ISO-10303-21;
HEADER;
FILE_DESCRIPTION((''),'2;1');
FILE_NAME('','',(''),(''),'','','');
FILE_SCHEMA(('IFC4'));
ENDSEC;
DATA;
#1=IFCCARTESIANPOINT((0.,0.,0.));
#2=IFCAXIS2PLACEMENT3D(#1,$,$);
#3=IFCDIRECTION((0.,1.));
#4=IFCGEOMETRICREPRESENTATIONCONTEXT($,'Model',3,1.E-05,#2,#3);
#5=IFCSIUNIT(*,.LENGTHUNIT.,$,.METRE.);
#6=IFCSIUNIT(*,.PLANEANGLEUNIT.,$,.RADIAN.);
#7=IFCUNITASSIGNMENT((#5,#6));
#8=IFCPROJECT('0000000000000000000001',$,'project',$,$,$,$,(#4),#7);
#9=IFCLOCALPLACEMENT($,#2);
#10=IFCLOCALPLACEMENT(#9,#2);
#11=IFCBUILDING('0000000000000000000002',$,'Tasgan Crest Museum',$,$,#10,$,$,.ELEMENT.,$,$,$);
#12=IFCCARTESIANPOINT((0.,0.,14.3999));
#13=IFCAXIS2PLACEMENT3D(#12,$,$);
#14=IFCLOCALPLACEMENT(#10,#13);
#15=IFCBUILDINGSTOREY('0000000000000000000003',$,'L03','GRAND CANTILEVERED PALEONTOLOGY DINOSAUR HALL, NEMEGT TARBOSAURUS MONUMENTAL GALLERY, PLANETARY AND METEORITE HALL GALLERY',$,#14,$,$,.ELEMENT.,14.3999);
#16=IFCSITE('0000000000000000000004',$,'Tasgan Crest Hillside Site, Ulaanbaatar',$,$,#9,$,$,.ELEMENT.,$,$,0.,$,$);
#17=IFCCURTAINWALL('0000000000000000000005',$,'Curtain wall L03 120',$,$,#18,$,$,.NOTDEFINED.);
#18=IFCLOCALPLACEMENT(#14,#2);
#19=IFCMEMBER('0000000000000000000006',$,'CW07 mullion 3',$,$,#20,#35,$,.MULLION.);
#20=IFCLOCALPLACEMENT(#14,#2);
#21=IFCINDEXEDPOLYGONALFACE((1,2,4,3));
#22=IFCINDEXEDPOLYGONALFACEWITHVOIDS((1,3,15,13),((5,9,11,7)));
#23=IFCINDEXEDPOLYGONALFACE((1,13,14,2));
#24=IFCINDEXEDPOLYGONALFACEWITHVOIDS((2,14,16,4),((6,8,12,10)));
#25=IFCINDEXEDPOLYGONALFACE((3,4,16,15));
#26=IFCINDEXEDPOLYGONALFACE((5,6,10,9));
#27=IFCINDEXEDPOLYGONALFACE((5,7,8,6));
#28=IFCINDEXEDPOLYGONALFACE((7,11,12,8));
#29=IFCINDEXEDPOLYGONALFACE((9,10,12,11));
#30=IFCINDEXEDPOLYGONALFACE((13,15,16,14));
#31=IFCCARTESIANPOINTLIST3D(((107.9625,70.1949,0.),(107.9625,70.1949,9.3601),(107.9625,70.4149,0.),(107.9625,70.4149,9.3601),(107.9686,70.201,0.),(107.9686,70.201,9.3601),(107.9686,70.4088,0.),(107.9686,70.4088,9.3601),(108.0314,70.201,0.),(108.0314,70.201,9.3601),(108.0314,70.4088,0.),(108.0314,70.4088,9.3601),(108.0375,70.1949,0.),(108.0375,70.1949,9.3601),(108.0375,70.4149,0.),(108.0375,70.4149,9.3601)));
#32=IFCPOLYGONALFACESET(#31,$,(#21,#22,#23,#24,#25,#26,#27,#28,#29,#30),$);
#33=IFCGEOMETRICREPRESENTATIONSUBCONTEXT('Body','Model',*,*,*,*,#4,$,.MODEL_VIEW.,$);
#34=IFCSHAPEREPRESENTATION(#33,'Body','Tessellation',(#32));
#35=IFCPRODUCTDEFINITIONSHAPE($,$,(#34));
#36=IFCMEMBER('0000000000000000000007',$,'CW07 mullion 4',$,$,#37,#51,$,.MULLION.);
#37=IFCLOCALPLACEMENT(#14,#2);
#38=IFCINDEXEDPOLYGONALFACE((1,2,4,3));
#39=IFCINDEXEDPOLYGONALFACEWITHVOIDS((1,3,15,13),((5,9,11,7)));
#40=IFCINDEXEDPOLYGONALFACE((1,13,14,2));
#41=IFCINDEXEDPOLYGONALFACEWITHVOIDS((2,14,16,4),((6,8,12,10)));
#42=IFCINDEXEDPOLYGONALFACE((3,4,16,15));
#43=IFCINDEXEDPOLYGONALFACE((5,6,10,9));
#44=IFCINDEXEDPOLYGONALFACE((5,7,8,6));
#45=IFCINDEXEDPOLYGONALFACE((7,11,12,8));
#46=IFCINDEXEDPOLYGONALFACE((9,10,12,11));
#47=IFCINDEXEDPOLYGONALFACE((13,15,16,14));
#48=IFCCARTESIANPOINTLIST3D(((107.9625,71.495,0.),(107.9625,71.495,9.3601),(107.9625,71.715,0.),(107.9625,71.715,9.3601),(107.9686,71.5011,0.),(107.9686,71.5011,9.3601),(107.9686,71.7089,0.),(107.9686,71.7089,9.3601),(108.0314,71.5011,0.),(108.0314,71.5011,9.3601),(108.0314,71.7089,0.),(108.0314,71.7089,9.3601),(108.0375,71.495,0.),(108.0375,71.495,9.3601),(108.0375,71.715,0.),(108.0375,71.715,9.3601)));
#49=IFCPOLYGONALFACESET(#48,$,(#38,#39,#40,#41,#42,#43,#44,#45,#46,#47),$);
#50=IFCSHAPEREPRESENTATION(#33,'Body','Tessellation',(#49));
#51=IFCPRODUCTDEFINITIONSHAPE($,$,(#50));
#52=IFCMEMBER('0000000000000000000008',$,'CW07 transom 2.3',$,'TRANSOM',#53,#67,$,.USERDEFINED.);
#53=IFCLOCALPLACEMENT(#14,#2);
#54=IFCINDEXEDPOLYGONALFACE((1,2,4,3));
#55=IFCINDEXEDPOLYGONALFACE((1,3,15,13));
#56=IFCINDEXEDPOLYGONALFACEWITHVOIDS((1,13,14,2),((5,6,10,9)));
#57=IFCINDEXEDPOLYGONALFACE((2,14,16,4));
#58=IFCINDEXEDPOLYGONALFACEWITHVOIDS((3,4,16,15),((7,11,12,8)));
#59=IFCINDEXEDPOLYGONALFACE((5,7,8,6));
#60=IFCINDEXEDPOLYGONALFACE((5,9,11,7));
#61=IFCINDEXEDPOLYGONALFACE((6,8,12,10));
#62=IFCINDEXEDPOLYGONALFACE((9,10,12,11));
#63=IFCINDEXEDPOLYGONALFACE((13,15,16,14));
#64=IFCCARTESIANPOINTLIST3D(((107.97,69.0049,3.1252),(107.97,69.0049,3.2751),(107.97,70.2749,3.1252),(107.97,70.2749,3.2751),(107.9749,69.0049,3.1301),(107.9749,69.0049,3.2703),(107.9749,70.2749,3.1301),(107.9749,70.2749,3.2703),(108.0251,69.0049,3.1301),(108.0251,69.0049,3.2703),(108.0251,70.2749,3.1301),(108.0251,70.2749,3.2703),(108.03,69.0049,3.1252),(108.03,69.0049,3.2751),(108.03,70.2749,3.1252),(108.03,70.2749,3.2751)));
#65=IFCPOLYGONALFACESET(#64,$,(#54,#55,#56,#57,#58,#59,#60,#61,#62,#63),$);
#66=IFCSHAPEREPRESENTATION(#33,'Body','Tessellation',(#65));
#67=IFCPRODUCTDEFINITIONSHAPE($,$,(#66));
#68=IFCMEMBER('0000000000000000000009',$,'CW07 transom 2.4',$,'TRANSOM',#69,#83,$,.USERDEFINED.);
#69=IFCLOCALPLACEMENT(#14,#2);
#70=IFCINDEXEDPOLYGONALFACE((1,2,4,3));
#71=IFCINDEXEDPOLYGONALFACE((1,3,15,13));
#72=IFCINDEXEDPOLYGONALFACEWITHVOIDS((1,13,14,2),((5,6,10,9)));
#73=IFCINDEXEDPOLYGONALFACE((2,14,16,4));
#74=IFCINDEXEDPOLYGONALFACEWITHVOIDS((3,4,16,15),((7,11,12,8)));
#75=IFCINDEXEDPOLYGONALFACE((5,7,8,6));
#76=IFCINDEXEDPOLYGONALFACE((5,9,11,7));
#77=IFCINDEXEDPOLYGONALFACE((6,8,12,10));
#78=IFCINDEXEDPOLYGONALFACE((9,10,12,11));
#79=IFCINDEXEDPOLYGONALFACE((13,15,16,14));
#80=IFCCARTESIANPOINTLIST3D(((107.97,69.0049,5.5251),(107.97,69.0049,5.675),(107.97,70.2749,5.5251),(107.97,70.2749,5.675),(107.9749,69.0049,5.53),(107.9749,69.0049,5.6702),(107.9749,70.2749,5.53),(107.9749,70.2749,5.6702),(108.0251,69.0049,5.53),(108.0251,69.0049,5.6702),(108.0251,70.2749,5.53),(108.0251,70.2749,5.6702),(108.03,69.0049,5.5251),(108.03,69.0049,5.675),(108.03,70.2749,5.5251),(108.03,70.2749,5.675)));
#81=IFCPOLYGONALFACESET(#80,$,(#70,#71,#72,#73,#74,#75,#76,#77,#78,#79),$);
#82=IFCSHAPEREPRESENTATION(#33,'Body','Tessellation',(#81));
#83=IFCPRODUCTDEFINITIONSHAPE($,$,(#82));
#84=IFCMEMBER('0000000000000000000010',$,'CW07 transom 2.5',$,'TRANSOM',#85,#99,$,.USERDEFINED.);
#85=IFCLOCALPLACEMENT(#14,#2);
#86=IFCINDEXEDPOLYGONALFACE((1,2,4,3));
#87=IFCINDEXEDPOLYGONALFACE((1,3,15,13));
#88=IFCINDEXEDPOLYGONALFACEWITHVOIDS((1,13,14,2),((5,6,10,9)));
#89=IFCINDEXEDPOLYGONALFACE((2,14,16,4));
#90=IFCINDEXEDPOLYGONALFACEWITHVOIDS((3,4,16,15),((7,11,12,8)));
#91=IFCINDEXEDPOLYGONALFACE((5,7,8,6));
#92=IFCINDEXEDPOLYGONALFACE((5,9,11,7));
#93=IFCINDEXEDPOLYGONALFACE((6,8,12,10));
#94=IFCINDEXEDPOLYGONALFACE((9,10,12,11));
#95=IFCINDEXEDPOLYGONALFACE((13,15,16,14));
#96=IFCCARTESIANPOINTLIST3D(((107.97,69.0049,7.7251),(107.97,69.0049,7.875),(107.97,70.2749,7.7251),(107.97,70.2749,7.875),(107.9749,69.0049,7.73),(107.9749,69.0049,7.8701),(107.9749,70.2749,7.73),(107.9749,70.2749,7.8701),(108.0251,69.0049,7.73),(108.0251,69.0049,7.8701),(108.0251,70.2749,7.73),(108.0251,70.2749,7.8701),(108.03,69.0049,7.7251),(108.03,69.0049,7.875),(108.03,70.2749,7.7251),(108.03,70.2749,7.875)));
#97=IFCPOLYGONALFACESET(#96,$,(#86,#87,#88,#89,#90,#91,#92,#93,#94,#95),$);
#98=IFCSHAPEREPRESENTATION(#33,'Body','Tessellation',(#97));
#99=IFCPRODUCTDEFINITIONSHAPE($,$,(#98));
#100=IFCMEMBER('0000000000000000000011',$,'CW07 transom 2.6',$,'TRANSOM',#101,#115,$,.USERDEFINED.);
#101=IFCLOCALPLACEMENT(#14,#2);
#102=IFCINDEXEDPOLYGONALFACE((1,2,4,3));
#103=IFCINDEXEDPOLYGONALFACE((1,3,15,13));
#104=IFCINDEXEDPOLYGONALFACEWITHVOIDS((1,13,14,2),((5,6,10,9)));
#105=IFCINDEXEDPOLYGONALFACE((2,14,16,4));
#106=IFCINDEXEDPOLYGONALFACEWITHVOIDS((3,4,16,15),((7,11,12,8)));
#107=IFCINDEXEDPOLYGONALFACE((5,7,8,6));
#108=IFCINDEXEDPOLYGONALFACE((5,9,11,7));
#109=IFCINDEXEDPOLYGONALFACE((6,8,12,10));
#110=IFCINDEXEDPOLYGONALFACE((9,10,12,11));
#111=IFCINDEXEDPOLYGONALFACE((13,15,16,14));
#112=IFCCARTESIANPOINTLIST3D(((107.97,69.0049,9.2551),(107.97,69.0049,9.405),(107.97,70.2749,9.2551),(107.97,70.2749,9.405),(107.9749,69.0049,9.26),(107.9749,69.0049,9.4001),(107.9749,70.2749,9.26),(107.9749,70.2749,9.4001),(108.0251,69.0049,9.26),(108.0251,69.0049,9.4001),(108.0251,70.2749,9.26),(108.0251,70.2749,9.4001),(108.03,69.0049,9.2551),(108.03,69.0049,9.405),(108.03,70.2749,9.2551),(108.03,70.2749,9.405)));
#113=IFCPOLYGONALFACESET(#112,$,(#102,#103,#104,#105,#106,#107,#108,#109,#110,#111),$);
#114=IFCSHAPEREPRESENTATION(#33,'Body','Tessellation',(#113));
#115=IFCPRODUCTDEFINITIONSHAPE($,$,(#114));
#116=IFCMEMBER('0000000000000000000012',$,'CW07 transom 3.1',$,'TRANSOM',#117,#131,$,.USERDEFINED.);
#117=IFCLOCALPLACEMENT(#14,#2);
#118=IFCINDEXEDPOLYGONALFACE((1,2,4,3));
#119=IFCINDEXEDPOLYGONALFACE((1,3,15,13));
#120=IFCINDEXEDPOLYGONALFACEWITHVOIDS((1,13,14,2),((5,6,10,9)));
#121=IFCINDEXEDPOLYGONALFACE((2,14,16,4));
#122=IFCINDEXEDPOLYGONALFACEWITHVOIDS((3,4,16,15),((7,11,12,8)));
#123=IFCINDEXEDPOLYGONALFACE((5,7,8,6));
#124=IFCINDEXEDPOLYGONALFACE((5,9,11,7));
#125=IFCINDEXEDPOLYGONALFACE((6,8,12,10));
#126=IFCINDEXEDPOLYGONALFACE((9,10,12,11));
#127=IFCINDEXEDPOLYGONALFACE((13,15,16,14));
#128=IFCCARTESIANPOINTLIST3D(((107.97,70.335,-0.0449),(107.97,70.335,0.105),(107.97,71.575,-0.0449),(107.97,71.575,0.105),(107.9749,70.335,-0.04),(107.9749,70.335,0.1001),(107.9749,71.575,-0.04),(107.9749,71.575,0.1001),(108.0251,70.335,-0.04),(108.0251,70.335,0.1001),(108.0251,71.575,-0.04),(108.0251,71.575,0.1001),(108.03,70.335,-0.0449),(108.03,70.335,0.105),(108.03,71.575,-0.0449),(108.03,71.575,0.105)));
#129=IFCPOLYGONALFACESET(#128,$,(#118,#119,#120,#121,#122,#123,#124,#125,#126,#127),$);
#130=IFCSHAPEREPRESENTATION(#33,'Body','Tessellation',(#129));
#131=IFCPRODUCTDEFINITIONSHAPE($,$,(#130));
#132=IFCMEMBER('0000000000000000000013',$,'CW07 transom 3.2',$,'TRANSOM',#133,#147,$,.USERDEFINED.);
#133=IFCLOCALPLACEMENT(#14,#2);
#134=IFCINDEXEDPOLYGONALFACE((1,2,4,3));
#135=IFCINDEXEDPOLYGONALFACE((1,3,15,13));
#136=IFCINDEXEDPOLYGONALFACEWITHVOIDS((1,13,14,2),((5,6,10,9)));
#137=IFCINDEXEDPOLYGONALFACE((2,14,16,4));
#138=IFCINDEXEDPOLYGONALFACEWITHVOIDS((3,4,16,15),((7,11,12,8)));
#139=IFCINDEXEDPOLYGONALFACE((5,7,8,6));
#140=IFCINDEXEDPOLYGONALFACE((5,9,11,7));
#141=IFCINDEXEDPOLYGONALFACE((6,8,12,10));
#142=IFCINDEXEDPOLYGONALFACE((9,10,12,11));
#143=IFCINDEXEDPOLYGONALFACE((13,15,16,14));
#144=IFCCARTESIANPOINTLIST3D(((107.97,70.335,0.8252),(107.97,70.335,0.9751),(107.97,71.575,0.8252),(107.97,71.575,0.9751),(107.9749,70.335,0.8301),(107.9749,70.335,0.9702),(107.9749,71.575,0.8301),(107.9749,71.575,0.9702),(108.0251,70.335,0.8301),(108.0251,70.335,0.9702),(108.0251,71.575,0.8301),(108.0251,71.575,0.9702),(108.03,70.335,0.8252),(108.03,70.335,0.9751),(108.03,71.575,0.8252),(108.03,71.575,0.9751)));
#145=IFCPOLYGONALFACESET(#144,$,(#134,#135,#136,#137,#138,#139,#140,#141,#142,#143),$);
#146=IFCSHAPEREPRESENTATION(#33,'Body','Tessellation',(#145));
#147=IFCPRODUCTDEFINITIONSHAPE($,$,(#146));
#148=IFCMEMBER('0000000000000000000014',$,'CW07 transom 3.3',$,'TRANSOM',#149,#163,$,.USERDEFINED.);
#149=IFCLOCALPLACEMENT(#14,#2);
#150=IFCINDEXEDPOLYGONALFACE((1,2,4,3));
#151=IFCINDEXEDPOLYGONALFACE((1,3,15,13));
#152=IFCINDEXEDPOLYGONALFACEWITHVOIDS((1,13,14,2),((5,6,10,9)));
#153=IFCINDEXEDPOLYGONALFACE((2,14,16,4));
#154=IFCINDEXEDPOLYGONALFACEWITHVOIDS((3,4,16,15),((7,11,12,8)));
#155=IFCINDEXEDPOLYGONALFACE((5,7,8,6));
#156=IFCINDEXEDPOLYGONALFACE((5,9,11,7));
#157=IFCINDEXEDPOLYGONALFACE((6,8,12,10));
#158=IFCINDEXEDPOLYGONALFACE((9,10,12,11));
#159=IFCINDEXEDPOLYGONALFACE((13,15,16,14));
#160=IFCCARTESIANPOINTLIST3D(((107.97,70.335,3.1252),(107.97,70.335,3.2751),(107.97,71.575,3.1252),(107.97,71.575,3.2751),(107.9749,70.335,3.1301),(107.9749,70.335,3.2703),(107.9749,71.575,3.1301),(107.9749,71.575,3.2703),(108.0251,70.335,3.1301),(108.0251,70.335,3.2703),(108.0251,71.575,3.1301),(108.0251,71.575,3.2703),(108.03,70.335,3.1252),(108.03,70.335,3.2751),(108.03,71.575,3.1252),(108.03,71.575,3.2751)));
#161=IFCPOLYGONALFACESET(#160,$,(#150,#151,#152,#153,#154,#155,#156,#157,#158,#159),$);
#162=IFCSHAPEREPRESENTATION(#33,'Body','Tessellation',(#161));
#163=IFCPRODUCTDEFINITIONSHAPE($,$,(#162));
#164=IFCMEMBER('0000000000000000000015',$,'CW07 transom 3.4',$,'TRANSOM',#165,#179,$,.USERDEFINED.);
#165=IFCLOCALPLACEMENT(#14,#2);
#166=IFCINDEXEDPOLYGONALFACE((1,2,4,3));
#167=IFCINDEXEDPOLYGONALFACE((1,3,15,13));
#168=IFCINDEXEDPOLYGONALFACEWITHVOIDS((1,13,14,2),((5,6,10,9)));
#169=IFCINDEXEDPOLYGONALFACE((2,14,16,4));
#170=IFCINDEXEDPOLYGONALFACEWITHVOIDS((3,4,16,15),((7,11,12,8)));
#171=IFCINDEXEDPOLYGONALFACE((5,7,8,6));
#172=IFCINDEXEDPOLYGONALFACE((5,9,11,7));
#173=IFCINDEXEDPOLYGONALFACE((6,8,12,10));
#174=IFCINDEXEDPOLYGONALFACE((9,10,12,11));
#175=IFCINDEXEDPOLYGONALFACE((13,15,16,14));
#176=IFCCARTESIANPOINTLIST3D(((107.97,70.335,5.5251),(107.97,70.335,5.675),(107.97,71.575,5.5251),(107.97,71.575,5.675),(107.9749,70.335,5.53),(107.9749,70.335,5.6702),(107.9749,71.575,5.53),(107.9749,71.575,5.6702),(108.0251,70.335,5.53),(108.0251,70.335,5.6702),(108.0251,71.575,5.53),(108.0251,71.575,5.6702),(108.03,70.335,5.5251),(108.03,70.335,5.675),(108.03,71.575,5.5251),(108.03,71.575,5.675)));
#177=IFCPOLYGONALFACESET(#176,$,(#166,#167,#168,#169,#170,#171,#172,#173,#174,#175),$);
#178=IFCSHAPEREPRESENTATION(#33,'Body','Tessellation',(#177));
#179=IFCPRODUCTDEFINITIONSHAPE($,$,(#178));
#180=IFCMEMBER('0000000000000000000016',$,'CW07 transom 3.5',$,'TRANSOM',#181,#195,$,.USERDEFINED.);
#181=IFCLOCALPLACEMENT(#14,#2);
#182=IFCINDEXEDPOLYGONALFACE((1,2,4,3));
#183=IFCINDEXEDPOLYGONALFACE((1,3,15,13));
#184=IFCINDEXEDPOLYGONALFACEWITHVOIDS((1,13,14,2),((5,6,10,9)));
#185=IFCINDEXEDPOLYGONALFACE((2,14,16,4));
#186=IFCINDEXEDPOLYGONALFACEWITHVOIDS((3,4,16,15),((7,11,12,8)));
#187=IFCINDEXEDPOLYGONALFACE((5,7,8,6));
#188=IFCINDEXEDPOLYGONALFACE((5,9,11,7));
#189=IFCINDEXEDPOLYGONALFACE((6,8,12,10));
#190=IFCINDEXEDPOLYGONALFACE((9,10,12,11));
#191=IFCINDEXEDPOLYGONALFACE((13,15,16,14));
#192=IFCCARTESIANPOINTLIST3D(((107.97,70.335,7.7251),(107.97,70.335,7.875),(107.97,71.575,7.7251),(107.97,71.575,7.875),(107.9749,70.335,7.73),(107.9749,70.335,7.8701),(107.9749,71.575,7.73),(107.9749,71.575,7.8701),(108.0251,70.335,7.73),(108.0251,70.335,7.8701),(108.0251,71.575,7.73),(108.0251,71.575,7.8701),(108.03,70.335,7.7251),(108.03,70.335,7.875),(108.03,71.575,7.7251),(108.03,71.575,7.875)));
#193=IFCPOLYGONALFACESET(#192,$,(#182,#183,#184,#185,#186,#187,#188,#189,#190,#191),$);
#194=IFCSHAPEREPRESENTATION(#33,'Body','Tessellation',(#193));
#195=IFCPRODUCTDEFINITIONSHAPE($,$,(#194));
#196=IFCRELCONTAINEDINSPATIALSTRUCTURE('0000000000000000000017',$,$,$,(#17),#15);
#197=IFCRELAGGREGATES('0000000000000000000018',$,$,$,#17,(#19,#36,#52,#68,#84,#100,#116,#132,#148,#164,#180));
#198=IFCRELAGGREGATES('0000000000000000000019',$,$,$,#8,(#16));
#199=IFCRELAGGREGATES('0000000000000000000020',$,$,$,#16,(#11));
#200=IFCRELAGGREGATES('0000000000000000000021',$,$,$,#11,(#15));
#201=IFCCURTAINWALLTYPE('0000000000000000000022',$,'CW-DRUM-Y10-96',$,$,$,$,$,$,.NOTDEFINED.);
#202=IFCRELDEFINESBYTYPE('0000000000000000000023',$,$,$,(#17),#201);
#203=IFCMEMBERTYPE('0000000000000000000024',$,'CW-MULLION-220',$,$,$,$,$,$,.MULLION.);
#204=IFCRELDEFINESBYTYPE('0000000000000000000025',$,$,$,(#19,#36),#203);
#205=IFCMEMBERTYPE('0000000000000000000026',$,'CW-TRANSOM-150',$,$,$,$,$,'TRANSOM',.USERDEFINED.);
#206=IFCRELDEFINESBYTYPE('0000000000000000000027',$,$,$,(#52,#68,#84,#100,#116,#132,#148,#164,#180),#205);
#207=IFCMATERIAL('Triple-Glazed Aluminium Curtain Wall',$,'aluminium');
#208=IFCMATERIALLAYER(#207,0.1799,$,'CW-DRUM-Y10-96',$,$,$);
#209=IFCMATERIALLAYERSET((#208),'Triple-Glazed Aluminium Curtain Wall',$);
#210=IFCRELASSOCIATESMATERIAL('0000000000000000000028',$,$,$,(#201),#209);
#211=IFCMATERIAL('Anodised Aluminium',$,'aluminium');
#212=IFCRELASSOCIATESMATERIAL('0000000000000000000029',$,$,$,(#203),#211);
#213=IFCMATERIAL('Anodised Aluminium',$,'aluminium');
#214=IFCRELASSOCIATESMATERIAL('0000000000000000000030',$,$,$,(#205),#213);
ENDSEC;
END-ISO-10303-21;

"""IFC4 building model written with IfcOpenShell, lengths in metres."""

from ifc_helpers import new_model, si_unit, direction, frame, origin, origin_2d, place, context, subcontext, project, spatial, hollow_rectangle, extrude, material, layer, layer_set, material_profile, profile_set, type_object, element, aggregate, save


model = new_model("IFC4")

# Units and contexts
model_context = context("Model", 3, precision=1e-05, world=origin(), true_north=direction((0.0, 1.0)))
body_context = subcontext(model_context, "Body", "Model", "MODEL_VIEW")
ifc_project = project(units=[si_unit("LENGTHUNIT", "METRE"), si_unit("PLANEANGLEUNIT", "RADIAN")], contexts=[model_context])

# Site, building, storey
site_placement = place(None, origin())
site = spatial("IfcSite", under=ifc_project, at=site_placement, Name="Tasgan Crest Hillside Site, Ulaanbaatar", CompositionType="ELEMENT", RefElevation=0.0)
building_placement = place(site_placement, origin())
building = spatial("IfcBuilding", under=site, at=building_placement, Name="Tasgan Crest Museum", CompositionType="ELEMENT")
storey_placement = place(building_placement, frame((0.0, 0.0, 14.3999)))
storey = spatial("IfcBuildingStorey", under=building, at=storey_placement, Name="L03", Description="GRAND CANTILEVERED PALEONTOLOGY DINOSAUR HALL, NEMEGT TARBOSAURUS MONUMENTAL GALLERY, PLANETARY AND METEORITE HALL GALLERY", CompositionType="ELEMENT", Elevation=14.3999)

# Curtain wall, members
ifc_material_1 = material(Name="Triple-Glazed Aluminium Curtain Wall", Category="aluminium")
ifc_layer_1 = layer(ifc_material_1, 0.1799, Name="CW-DRUM-Y10-96")
ifc_layer_set_1 = layer_set([ifc_layer_1], Name="Triple-Glazed Aluminium Curtain Wall")
curtain_wall_type = type_object("IfcCurtainWallType", Name="CW-DRUM-Y10-96", PredefinedType="NOTDEFINED", material=ifc_layer_set_1)
curtain_wall_placement = place(storey_placement, origin())
curtain_wall = element("IfcCurtainWall", 1, at=curtain_wall_placement, inside=storey, type_object=curtain_wall_type, Name="Curtain wall L03 120", PredefinedType="NOTDEFINED")
ifc_material_2 = material(Name="Anodised Aluminium", Category="aluminium")
ifc_material_profile_1 = material_profile(ifc_material_2, hollow_rectangle(XDim=0.075, YDim=0.22, WallThickness=0.0061, at=origin_2d()), Name="ALU MULLION 220x75x6")
ifc_profile_set_1 = profile_set([ifc_material_profile_1], Name="Anodised Aluminium")
member_type_1 = type_object("IfcMemberType", Name="CW-MULLION-220", PredefinedType="MULLION", material=ifc_profile_set_1)
member_1_placement = place(storey_placement, frame((108.0, 70.3049, 0.0), z_axis=(0.0, 0.0, 1.0), x_axis=(-1.0, 0.0, 0.0)))
member_1 = element("IfcMember", 2, at=member_1_placement, type_object=member_type_1, Name="CW07 mullion 3", PredefinedType="MULLION", context=body_context, shape_type="SweptSolid", body=[
    extrude(hollow_rectangle(XDim=0.075, YDim=0.22, WallThickness=0.0061, at=origin_2d()), origin(), (0.0, 0.0, 1.0), 9.3601),
])
member_2_placement = place(storey_placement, frame((108.0, 71.605, 0.0), z_axis=(0.0, 0.0, 1.0), x_axis=(-1.0, 0.0, 0.0)))
member_2 = element("IfcMember", 3, at=member_2_placement, type_object=member_type_1, Name="CW07 mullion 4", PredefinedType="MULLION", context=body_context, shape_type="SweptSolid", body=[
    extrude(hollow_rectangle(XDim=0.075, YDim=0.22, WallThickness=0.0061, at=origin_2d()), origin(), (0.0, 0.0, 1.0), 9.3601),
])
ifc_material_3 = material(Name="Anodised Aluminium", Category="aluminium")
ifc_material_profile_2 = material_profile(ifc_material_3, hollow_rectangle(XDim=0.0601, YDim=0.1499, WallThickness=0.0049, at=origin_2d()), Name="ALU TRANSOM 150x60x5")
ifc_profile_set_2 = profile_set([ifc_material_profile_2], Name="Anodised Aluminium")
member_type_2 = type_object("IfcMemberType", Name="CW-TRANSOM-150", ElementType="TRANSOM", PredefinedType="USERDEFINED", material=ifc_profile_set_2)
member_3_placement = place(storey_placement, frame((108.0, 69.0049, 3.2002), z_axis=(0.0, 1.0, 0.0), x_axis=(-1.0, 0.0, 0.0)))
member_3 = element("IfcMember", 4, at=member_3_placement, type_object=member_type_2, Name="CW07 transom 2.3", ObjectType="TRANSOM", PredefinedType="USERDEFINED", context=body_context, shape_type="SweptSolid", body=[
    extrude(hollow_rectangle(XDim=0.0601, YDim=0.1499, WallThickness=0.0049, at=origin_2d()), origin(), (0.0, 0.0, 1.0), 1.27),
])
member_4_placement = place(storey_placement, frame((108.0, 69.0049, 5.6001), z_axis=(0.0, 1.0, 0.0), x_axis=(-1.0, 0.0, 0.0)))
member_4 = element("IfcMember", 5, at=member_4_placement, type_object=member_type_2, Name="CW07 transom 2.4", ObjectType="TRANSOM", PredefinedType="USERDEFINED", context=body_context, shape_type="SweptSolid", body=[
    extrude(hollow_rectangle(XDim=0.0601, YDim=0.1499, WallThickness=0.0049, at=origin_2d()), origin(), (0.0, 0.0, 1.0), 1.27),
])
member_5_placement = place(storey_placement, frame((108.0, 69.0049, 7.8), z_axis=(0.0, 1.0, 0.0), x_axis=(-1.0, 0.0, 0.0)))
member_5 = element("IfcMember", 6, at=member_5_placement, type_object=member_type_2, Name="CW07 transom 2.5", ObjectType="TRANSOM", PredefinedType="USERDEFINED", context=body_context, shape_type="SweptSolid", body=[
    extrude(hollow_rectangle(XDim=0.0601, YDim=0.1499, WallThickness=0.0049, at=origin_2d()), origin(), (0.0, 0.0, 1.0), 1.27),
])
member_6_placement = place(storey_placement, frame((108.0, 69.0049, 9.3301), z_axis=(0.0, 1.0, 0.0), x_axis=(-1.0, 0.0, 0.0)))
member_6 = element("IfcMember", 7, at=member_6_placement, type_object=member_type_2, Name="CW07 transom 2.6", ObjectType="TRANSOM", PredefinedType="USERDEFINED", context=body_context, shape_type="SweptSolid", body=[
    extrude(hollow_rectangle(XDim=0.0601, YDim=0.1499, WallThickness=0.0049, at=origin_2d()), origin(), (0.0, 0.0, 1.0), 1.27),
])
member_7_placement = place(storey_placement, frame((108.0, 70.335, 0.03), z_axis=(0.0, 1.0, 0.0), x_axis=(-1.0, 0.0, 0.0)))
member_7 = element("IfcMember", 8, at=member_7_placement, type_object=member_type_2, Name="CW07 transom 3.1", ObjectType="TRANSOM", PredefinedType="USERDEFINED", context=body_context, shape_type="SweptSolid", body=[
    extrude(hollow_rectangle(XDim=0.0601, YDim=0.1499, WallThickness=0.0049, at=origin_2d()), origin(), (0.0, 0.0, 1.0), 1.24),
])
member_8_placement = place(storey_placement, frame((108.0, 70.335, 0.9001), z_axis=(0.0, 1.0, 0.0), x_axis=(-1.0, 0.0, 0.0)))
member_8 = element("IfcMember", 9, at=member_8_placement, type_object=member_type_2, Name="CW07 transom 3.2", ObjectType="TRANSOM", PredefinedType="USERDEFINED", context=body_context, shape_type="SweptSolid", body=[
    extrude(hollow_rectangle(XDim=0.0601, YDim=0.1499, WallThickness=0.0049, at=origin_2d()), origin(), (0.0, 0.0, 1.0), 1.24),
])
member_9_placement = place(storey_placement, frame((108.0, 70.335, 3.2002), z_axis=(0.0, 1.0, 0.0), x_axis=(-1.0, 0.0, 0.0)))
member_9 = element("IfcMember", 10, at=member_9_placement, type_object=member_type_2, Name="CW07 transom 3.3", ObjectType="TRANSOM", PredefinedType="USERDEFINED", context=body_context, shape_type="SweptSolid", body=[
    extrude(hollow_rectangle(XDim=0.0601, YDim=0.1499, WallThickness=0.0049, at=origin_2d()), origin(), (0.0, 0.0, 1.0), 1.24),
])
member_10_placement = place(storey_placement, frame((108.0, 70.335, 5.6001), z_axis=(0.0, 1.0, 0.0), x_axis=(-1.0, 0.0, 0.0)))
member_10 = element("IfcMember", 11, at=member_10_placement, type_object=member_type_2, Name="CW07 transom 3.4", ObjectType="TRANSOM", PredefinedType="USERDEFINED", context=body_context, shape_type="SweptSolid", body=[
    extrude(hollow_rectangle(XDim=0.0601, YDim=0.1499, WallThickness=0.0049, at=origin_2d()), origin(), (0.0, 0.0, 1.0), 1.24),
])
member_11_placement = place(storey_placement, frame((108.0, 70.335, 7.8), z_axis=(0.0, 1.0, 0.0), x_axis=(-1.0, 0.0, 0.0)))
member_11 = element("IfcMember", 12, at=member_11_placement, type_object=member_type_2, Name="CW07 transom 3.5", ObjectType="TRANSOM", PredefinedType="USERDEFINED", context=body_context, shape_type="SweptSolid", body=[
    extrude(hollow_rectangle(XDim=0.0601, YDim=0.1499, WallThickness=0.0049, at=origin_2d()), origin(), (0.0, 0.0, 1.0), 1.24),
])
aggregate(curtain_wall, [member_1, member_2, member_3, member_4, member_5, member_6, member_7, member_8, member_9, member_10, member_11])

save(model, "model.ifc")
